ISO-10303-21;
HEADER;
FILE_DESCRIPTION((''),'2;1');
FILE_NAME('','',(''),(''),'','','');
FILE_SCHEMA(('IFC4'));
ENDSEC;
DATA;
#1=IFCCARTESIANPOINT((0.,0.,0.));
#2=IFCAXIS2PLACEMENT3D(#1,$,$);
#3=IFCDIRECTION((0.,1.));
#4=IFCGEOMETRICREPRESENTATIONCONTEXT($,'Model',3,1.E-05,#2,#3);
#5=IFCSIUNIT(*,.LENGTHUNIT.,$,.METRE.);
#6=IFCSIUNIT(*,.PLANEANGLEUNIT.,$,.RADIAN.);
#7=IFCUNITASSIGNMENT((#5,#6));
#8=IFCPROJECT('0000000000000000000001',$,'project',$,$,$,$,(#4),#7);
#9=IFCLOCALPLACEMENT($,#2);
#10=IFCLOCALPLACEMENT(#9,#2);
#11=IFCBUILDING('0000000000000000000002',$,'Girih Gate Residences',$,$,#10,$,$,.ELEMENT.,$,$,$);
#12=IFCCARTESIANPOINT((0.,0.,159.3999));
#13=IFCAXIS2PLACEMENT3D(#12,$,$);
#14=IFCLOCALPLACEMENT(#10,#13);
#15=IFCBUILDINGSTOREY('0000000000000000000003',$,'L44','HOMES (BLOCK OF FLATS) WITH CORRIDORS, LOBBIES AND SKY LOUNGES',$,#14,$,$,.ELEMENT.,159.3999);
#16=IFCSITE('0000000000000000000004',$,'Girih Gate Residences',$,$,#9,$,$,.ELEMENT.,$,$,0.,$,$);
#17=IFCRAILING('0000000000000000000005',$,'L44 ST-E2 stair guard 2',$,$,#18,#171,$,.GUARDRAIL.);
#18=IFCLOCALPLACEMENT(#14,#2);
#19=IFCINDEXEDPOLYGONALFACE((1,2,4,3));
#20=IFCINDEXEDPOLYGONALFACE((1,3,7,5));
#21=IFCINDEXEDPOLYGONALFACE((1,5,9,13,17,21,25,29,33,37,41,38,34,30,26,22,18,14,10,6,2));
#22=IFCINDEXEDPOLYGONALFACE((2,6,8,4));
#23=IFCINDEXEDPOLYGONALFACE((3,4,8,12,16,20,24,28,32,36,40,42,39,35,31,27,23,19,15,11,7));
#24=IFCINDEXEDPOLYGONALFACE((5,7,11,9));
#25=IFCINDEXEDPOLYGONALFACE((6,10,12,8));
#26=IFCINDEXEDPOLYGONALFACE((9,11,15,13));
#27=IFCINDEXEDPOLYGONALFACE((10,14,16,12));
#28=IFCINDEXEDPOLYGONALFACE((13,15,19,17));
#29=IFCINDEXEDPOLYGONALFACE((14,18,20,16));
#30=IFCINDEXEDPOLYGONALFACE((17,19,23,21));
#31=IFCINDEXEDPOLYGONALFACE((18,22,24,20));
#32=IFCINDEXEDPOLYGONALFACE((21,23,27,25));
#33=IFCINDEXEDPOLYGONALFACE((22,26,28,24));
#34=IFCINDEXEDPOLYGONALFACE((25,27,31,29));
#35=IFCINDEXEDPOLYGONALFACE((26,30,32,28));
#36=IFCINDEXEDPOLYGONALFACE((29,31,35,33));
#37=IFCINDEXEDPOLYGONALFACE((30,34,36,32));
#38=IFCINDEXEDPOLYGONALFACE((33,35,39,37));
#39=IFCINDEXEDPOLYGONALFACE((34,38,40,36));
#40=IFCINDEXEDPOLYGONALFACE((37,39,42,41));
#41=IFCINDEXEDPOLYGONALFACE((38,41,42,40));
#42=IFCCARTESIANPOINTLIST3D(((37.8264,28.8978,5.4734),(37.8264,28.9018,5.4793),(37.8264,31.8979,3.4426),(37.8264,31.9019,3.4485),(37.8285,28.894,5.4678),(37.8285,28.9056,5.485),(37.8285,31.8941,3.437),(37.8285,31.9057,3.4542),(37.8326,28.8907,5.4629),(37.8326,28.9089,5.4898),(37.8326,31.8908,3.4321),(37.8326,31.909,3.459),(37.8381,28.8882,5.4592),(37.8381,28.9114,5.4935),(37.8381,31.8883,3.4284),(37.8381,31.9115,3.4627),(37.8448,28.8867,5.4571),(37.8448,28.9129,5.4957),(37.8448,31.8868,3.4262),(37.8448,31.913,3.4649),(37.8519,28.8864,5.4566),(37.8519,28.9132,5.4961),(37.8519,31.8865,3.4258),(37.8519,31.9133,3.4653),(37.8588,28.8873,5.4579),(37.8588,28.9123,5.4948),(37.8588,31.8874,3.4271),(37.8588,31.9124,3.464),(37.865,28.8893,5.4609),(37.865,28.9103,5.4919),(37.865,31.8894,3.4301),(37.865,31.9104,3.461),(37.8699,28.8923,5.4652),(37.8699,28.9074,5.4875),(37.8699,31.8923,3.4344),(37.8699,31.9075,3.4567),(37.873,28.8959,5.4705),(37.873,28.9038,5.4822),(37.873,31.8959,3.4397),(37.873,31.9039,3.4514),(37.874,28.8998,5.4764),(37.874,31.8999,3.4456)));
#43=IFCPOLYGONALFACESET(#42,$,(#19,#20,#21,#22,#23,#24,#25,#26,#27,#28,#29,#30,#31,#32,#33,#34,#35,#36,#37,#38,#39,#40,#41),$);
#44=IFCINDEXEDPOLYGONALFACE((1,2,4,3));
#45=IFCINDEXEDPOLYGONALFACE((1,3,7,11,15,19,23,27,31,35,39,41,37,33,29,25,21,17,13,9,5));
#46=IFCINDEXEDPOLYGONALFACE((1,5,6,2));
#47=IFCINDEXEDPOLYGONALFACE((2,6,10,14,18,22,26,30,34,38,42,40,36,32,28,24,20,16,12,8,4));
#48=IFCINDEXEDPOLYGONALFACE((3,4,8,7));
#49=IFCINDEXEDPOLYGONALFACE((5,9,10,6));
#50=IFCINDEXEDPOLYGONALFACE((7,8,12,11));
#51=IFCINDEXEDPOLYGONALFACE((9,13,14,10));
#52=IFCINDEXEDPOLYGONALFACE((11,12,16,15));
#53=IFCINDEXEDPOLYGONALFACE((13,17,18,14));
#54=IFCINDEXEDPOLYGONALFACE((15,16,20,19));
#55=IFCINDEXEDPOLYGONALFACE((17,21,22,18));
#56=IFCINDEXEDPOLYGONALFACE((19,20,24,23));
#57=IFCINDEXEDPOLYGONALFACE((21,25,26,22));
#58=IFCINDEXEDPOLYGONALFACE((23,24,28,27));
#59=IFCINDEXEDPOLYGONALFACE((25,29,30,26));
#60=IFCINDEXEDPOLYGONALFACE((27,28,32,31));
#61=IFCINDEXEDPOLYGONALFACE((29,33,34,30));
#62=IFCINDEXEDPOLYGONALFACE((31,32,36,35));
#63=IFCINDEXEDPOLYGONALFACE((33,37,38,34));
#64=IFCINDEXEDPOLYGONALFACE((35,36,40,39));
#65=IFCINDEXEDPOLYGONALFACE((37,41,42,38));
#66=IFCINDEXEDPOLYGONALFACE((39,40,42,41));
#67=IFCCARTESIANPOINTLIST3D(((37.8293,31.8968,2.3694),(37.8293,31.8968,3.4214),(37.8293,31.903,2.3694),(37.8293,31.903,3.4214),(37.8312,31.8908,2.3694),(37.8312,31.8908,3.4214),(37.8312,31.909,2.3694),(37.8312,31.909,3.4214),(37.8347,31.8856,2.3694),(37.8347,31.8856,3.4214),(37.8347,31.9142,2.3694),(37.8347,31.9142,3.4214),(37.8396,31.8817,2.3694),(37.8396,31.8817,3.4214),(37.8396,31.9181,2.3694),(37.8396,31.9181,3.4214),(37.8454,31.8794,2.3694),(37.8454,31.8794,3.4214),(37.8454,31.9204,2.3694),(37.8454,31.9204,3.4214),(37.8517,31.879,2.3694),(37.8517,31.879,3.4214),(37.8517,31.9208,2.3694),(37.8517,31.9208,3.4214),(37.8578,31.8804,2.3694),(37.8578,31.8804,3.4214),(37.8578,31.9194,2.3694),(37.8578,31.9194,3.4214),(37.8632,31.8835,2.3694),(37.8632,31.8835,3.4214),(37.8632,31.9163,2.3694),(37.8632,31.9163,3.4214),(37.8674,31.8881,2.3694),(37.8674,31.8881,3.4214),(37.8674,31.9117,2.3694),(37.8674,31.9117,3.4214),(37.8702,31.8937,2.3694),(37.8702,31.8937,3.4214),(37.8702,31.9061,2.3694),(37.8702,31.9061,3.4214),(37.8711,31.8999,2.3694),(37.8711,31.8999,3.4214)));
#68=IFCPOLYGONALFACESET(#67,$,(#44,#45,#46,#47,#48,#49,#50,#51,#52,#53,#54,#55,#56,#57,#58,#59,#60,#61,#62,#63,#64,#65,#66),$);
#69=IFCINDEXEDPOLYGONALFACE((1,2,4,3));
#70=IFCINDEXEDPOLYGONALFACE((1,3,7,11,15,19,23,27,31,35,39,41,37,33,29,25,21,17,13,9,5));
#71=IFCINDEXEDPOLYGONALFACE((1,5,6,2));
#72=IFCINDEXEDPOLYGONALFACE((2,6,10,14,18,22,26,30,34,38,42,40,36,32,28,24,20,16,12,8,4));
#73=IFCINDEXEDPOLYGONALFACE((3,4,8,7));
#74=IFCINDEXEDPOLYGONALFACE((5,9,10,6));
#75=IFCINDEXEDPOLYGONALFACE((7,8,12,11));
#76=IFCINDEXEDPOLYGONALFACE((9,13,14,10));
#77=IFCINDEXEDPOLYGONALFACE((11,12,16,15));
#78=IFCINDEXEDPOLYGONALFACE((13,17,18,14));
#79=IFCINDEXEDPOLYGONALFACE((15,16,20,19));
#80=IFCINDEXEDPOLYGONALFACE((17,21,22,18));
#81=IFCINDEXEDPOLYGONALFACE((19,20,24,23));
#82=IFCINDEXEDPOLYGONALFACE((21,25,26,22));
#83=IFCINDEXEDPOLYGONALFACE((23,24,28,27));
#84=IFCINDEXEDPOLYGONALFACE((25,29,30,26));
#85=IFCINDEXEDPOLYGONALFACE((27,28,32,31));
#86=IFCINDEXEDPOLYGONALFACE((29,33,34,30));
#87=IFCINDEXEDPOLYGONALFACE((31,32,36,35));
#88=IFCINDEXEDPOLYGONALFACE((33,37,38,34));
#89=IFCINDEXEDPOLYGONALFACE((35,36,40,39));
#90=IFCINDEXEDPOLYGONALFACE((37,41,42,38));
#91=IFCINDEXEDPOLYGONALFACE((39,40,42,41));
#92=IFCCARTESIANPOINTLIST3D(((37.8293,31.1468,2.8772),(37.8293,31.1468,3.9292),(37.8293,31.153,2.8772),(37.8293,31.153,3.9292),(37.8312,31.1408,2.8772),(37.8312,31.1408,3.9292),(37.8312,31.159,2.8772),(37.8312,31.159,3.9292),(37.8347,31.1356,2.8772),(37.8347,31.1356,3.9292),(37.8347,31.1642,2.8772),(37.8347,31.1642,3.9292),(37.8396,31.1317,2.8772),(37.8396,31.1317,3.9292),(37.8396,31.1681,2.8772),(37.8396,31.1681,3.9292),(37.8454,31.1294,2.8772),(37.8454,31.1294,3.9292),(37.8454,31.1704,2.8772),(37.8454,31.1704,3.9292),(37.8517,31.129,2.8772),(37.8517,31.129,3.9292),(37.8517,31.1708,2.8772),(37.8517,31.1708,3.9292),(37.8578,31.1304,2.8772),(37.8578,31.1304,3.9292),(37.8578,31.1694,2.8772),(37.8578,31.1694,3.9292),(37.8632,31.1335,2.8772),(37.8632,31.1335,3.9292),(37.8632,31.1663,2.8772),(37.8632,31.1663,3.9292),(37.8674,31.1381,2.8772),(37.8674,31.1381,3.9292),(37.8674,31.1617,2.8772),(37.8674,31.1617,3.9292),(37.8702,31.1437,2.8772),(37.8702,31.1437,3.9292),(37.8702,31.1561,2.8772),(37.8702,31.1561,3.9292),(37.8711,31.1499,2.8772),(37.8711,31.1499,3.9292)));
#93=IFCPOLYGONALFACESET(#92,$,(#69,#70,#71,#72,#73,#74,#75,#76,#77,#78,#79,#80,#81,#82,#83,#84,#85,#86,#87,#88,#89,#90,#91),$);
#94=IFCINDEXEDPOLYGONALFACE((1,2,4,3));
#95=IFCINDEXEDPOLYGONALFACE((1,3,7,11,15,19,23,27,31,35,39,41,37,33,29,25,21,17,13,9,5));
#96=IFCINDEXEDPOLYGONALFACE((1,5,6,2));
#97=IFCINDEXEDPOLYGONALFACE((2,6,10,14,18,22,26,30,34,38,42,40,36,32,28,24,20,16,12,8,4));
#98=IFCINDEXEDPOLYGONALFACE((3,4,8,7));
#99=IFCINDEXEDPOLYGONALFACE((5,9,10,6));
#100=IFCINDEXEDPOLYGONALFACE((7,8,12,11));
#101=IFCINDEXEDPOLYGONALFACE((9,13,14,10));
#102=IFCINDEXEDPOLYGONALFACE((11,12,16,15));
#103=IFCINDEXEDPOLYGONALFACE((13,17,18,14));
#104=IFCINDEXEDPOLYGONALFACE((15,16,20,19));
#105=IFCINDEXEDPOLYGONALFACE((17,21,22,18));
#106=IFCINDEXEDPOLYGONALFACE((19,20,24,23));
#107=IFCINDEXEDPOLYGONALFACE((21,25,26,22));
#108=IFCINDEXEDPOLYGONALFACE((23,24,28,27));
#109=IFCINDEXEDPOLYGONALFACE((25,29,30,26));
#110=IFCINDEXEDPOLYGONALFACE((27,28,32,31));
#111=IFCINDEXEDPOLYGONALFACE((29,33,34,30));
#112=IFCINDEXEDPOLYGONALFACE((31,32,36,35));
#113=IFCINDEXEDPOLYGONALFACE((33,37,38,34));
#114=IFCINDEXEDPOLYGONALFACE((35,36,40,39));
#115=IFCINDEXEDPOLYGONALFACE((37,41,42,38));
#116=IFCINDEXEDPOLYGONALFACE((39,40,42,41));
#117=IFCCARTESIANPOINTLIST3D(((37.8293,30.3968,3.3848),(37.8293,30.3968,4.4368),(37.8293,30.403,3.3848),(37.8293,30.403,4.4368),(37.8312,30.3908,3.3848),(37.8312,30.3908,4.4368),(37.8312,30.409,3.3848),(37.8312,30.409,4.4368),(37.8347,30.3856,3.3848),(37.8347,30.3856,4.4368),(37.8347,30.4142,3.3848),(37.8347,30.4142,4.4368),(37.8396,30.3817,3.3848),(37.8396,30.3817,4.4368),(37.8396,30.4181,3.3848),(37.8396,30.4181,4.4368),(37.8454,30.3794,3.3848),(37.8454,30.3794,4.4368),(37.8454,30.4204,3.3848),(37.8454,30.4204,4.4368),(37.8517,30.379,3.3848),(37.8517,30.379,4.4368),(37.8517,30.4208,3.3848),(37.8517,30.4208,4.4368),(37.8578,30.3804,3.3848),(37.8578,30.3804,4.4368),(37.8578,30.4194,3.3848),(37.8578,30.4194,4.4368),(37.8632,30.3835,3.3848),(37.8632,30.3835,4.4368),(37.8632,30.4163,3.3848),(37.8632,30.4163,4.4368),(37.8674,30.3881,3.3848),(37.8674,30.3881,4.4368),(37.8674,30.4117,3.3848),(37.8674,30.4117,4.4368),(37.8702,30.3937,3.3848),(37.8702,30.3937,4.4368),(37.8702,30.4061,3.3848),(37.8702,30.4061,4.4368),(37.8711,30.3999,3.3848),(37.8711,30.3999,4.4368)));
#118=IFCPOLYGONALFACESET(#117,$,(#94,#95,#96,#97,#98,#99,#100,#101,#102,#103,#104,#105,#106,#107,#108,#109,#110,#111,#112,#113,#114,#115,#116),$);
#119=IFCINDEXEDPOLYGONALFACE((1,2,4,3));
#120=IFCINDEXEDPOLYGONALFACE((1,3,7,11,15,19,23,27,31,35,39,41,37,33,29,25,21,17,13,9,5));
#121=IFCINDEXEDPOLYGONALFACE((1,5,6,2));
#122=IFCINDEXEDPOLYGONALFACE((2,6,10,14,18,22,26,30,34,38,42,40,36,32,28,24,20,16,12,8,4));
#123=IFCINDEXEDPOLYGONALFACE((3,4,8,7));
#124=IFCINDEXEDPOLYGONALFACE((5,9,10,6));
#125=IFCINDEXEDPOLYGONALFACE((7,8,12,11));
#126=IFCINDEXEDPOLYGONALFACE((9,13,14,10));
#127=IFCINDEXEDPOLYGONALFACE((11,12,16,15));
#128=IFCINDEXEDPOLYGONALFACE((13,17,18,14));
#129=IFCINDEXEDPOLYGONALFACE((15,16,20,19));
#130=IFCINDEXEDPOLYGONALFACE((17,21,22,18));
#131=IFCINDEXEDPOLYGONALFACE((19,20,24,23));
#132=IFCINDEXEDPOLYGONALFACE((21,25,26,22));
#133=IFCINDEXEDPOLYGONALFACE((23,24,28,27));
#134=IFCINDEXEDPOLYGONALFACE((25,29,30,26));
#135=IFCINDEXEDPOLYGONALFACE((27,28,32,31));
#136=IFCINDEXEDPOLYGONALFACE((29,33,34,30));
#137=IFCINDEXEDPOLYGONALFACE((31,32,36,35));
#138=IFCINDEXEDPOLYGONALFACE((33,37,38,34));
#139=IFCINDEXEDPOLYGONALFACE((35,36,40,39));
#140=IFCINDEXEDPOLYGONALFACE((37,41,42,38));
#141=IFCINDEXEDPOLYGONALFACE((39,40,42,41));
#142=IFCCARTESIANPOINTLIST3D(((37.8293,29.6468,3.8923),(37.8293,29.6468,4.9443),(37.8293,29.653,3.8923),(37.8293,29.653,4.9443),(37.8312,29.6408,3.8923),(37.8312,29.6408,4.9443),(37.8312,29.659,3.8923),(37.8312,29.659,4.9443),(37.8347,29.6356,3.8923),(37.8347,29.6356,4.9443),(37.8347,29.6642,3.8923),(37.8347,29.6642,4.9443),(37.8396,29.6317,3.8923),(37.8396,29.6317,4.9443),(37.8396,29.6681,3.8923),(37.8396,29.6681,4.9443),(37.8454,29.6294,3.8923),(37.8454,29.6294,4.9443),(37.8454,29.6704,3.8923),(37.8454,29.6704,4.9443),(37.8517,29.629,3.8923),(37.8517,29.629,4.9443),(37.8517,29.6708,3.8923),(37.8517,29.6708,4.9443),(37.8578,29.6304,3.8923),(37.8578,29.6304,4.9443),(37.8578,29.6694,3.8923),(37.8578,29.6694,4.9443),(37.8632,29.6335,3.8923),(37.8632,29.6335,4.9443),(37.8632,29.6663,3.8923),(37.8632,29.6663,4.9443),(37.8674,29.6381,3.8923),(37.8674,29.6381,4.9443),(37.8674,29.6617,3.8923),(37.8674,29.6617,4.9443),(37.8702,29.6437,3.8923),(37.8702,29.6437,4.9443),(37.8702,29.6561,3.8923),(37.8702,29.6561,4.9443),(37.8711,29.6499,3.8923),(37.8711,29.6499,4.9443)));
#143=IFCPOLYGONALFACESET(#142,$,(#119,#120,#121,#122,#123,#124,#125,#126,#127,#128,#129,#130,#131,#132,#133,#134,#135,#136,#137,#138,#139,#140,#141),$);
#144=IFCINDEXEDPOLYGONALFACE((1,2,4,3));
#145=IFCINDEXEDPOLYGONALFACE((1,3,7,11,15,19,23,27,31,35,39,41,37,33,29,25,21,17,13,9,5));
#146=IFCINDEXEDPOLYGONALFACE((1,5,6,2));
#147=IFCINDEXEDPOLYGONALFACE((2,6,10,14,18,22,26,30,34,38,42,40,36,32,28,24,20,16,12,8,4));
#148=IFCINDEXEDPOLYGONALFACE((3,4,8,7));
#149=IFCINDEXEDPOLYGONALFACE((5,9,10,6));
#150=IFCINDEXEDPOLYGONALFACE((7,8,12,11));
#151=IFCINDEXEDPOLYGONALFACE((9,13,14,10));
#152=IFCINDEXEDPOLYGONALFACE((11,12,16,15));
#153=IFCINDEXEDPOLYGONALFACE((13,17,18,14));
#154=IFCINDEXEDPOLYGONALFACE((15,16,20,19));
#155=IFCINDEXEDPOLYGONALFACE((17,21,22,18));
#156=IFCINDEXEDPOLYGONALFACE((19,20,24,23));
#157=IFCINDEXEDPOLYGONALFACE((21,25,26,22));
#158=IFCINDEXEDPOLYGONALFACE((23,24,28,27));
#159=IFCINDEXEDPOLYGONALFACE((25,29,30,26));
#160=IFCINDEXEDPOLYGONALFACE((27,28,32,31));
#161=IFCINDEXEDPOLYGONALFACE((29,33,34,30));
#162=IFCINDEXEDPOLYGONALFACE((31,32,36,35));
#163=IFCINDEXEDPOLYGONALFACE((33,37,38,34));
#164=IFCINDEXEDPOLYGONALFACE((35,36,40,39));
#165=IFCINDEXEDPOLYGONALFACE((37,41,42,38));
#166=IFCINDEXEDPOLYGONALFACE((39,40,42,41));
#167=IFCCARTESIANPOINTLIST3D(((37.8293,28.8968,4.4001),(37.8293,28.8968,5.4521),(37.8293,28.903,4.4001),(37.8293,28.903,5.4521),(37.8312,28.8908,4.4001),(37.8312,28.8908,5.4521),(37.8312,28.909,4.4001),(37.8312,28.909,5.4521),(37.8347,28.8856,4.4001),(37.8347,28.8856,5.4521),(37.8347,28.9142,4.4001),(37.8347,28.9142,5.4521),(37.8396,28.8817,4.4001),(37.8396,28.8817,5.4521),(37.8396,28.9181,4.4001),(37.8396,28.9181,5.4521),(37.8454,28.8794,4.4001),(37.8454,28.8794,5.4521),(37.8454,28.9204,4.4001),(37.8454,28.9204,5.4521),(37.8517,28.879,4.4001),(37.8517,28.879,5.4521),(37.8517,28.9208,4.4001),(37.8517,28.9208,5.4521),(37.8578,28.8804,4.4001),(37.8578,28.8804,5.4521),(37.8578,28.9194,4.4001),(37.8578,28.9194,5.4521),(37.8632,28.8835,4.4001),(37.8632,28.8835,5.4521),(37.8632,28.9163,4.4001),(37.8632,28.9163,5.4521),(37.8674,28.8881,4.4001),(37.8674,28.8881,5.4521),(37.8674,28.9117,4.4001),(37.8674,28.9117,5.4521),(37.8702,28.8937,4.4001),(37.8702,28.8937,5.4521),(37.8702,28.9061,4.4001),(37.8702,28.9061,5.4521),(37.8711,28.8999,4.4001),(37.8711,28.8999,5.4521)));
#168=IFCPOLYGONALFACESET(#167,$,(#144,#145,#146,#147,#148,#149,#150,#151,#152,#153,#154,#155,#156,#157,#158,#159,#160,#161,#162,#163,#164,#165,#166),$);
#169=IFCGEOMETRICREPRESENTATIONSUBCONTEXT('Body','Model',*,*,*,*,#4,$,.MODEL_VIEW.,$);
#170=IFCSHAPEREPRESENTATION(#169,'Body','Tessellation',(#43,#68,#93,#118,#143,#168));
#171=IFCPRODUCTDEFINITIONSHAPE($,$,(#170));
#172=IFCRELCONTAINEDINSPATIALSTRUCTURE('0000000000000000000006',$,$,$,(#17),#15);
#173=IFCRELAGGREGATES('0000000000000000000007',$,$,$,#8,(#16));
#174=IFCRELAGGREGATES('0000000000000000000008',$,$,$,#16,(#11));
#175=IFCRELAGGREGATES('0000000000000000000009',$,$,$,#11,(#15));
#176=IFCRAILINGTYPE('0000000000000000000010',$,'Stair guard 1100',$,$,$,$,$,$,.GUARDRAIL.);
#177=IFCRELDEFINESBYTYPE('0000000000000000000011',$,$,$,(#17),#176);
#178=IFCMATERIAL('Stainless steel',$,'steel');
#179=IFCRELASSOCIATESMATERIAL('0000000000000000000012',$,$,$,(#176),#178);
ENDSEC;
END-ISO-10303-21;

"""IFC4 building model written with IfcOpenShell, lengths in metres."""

from ifc_helpers import new_model, si_unit, direction, frame, origin, origin_2d, place, context, subcontext, project, spatial, circle, extrude, material, type_object, element, save


model = new_model("IFC4")

# Units and contexts
model_context = context("Model", 3, precision=1e-05, world=origin(), true_north=direction((0.0, 1.0)))
body_context = subcontext(model_context, "Body", "Model", "MODEL_VIEW")
ifc_project = project(units=[si_unit("LENGTHUNIT", "METRE"), si_unit("PLANEANGLEUNIT", "RADIAN")], contexts=[model_context])

# Site, building, storey
site_placement = place(None, origin())
site = spatial("IfcSite", under=ifc_project, at=site_placement, Name="Girih Gate Residences", CompositionType="ELEMENT", RefElevation=0.0)
building_placement = place(site_placement, origin())
building = spatial("IfcBuilding", under=site, at=building_placement, Name="Girih Gate Residences", CompositionType="ELEMENT")
storey_placement = place(building_placement, frame((0.0, 0.0, 159.3999)))
storey = spatial("IfcBuildingStorey", under=building, at=storey_placement, Name="L44", Description="HOMES (BLOCK OF FLATS) WITH CORRIDORS, LOBBIES AND SKY LOUNGES", CompositionType="ELEMENT", Elevation=159.3999)

# Shared definitions
ifc_material_1 = material(Name="Stainless steel", Category="steel")

# Railing
railing_type_1 = type_object("IfcRailingType", Name="Stair guard 1100", PredefinedType="GUARDRAIL", material=ifc_material_1)
railing_1_placement = place(storey_placement, frame((37.8501, 31.8999, 2.3694)))
element("IfcRailing", 1, at=railing_1_placement, inside=storey, type_object=railing_type_1, Name="L44 ST-E2 stair guard 2", PredefinedType="GUARDRAIL", context=body_context, shape_type="SweptSolid", body=[
    extrude(circle(Radius=0.0239, at=origin_2d()), frame((0.0, 0.0, 1.0762), z_axis=(0.0, -0.82811, 0.560565), x_axis=(1.0, 0.0, 0.0)), (0.0, 0.0, 1.0), 3.6228),
    extrude(circle(Radius=0.021, at=origin_2d()), origin(), (0.0, 0.0, 1.0), 1.052),
    extrude(circle(Radius=0.021, at=origin_2d()), frame((0.0, -0.75, 0.5078)), (0.0, 0.0, 1.0), 1.052),
    extrude(circle(Radius=0.021, at=origin_2d()), frame((0.0, -1.5, 1.0154)), (0.0, 0.0, 1.0), 1.052),
    extrude(circle(Radius=0.021, at=origin_2d()), frame((0.0, -2.25, 1.5229)), (0.0, 0.0, 1.0), 1.052),
    extrude(circle(Radius=0.021, at=origin_2d()), frame((0.0, -3.0, 2.0308)), (0.0, 0.0, 1.0), 1.052),
])

save(model, "model.ifc")
